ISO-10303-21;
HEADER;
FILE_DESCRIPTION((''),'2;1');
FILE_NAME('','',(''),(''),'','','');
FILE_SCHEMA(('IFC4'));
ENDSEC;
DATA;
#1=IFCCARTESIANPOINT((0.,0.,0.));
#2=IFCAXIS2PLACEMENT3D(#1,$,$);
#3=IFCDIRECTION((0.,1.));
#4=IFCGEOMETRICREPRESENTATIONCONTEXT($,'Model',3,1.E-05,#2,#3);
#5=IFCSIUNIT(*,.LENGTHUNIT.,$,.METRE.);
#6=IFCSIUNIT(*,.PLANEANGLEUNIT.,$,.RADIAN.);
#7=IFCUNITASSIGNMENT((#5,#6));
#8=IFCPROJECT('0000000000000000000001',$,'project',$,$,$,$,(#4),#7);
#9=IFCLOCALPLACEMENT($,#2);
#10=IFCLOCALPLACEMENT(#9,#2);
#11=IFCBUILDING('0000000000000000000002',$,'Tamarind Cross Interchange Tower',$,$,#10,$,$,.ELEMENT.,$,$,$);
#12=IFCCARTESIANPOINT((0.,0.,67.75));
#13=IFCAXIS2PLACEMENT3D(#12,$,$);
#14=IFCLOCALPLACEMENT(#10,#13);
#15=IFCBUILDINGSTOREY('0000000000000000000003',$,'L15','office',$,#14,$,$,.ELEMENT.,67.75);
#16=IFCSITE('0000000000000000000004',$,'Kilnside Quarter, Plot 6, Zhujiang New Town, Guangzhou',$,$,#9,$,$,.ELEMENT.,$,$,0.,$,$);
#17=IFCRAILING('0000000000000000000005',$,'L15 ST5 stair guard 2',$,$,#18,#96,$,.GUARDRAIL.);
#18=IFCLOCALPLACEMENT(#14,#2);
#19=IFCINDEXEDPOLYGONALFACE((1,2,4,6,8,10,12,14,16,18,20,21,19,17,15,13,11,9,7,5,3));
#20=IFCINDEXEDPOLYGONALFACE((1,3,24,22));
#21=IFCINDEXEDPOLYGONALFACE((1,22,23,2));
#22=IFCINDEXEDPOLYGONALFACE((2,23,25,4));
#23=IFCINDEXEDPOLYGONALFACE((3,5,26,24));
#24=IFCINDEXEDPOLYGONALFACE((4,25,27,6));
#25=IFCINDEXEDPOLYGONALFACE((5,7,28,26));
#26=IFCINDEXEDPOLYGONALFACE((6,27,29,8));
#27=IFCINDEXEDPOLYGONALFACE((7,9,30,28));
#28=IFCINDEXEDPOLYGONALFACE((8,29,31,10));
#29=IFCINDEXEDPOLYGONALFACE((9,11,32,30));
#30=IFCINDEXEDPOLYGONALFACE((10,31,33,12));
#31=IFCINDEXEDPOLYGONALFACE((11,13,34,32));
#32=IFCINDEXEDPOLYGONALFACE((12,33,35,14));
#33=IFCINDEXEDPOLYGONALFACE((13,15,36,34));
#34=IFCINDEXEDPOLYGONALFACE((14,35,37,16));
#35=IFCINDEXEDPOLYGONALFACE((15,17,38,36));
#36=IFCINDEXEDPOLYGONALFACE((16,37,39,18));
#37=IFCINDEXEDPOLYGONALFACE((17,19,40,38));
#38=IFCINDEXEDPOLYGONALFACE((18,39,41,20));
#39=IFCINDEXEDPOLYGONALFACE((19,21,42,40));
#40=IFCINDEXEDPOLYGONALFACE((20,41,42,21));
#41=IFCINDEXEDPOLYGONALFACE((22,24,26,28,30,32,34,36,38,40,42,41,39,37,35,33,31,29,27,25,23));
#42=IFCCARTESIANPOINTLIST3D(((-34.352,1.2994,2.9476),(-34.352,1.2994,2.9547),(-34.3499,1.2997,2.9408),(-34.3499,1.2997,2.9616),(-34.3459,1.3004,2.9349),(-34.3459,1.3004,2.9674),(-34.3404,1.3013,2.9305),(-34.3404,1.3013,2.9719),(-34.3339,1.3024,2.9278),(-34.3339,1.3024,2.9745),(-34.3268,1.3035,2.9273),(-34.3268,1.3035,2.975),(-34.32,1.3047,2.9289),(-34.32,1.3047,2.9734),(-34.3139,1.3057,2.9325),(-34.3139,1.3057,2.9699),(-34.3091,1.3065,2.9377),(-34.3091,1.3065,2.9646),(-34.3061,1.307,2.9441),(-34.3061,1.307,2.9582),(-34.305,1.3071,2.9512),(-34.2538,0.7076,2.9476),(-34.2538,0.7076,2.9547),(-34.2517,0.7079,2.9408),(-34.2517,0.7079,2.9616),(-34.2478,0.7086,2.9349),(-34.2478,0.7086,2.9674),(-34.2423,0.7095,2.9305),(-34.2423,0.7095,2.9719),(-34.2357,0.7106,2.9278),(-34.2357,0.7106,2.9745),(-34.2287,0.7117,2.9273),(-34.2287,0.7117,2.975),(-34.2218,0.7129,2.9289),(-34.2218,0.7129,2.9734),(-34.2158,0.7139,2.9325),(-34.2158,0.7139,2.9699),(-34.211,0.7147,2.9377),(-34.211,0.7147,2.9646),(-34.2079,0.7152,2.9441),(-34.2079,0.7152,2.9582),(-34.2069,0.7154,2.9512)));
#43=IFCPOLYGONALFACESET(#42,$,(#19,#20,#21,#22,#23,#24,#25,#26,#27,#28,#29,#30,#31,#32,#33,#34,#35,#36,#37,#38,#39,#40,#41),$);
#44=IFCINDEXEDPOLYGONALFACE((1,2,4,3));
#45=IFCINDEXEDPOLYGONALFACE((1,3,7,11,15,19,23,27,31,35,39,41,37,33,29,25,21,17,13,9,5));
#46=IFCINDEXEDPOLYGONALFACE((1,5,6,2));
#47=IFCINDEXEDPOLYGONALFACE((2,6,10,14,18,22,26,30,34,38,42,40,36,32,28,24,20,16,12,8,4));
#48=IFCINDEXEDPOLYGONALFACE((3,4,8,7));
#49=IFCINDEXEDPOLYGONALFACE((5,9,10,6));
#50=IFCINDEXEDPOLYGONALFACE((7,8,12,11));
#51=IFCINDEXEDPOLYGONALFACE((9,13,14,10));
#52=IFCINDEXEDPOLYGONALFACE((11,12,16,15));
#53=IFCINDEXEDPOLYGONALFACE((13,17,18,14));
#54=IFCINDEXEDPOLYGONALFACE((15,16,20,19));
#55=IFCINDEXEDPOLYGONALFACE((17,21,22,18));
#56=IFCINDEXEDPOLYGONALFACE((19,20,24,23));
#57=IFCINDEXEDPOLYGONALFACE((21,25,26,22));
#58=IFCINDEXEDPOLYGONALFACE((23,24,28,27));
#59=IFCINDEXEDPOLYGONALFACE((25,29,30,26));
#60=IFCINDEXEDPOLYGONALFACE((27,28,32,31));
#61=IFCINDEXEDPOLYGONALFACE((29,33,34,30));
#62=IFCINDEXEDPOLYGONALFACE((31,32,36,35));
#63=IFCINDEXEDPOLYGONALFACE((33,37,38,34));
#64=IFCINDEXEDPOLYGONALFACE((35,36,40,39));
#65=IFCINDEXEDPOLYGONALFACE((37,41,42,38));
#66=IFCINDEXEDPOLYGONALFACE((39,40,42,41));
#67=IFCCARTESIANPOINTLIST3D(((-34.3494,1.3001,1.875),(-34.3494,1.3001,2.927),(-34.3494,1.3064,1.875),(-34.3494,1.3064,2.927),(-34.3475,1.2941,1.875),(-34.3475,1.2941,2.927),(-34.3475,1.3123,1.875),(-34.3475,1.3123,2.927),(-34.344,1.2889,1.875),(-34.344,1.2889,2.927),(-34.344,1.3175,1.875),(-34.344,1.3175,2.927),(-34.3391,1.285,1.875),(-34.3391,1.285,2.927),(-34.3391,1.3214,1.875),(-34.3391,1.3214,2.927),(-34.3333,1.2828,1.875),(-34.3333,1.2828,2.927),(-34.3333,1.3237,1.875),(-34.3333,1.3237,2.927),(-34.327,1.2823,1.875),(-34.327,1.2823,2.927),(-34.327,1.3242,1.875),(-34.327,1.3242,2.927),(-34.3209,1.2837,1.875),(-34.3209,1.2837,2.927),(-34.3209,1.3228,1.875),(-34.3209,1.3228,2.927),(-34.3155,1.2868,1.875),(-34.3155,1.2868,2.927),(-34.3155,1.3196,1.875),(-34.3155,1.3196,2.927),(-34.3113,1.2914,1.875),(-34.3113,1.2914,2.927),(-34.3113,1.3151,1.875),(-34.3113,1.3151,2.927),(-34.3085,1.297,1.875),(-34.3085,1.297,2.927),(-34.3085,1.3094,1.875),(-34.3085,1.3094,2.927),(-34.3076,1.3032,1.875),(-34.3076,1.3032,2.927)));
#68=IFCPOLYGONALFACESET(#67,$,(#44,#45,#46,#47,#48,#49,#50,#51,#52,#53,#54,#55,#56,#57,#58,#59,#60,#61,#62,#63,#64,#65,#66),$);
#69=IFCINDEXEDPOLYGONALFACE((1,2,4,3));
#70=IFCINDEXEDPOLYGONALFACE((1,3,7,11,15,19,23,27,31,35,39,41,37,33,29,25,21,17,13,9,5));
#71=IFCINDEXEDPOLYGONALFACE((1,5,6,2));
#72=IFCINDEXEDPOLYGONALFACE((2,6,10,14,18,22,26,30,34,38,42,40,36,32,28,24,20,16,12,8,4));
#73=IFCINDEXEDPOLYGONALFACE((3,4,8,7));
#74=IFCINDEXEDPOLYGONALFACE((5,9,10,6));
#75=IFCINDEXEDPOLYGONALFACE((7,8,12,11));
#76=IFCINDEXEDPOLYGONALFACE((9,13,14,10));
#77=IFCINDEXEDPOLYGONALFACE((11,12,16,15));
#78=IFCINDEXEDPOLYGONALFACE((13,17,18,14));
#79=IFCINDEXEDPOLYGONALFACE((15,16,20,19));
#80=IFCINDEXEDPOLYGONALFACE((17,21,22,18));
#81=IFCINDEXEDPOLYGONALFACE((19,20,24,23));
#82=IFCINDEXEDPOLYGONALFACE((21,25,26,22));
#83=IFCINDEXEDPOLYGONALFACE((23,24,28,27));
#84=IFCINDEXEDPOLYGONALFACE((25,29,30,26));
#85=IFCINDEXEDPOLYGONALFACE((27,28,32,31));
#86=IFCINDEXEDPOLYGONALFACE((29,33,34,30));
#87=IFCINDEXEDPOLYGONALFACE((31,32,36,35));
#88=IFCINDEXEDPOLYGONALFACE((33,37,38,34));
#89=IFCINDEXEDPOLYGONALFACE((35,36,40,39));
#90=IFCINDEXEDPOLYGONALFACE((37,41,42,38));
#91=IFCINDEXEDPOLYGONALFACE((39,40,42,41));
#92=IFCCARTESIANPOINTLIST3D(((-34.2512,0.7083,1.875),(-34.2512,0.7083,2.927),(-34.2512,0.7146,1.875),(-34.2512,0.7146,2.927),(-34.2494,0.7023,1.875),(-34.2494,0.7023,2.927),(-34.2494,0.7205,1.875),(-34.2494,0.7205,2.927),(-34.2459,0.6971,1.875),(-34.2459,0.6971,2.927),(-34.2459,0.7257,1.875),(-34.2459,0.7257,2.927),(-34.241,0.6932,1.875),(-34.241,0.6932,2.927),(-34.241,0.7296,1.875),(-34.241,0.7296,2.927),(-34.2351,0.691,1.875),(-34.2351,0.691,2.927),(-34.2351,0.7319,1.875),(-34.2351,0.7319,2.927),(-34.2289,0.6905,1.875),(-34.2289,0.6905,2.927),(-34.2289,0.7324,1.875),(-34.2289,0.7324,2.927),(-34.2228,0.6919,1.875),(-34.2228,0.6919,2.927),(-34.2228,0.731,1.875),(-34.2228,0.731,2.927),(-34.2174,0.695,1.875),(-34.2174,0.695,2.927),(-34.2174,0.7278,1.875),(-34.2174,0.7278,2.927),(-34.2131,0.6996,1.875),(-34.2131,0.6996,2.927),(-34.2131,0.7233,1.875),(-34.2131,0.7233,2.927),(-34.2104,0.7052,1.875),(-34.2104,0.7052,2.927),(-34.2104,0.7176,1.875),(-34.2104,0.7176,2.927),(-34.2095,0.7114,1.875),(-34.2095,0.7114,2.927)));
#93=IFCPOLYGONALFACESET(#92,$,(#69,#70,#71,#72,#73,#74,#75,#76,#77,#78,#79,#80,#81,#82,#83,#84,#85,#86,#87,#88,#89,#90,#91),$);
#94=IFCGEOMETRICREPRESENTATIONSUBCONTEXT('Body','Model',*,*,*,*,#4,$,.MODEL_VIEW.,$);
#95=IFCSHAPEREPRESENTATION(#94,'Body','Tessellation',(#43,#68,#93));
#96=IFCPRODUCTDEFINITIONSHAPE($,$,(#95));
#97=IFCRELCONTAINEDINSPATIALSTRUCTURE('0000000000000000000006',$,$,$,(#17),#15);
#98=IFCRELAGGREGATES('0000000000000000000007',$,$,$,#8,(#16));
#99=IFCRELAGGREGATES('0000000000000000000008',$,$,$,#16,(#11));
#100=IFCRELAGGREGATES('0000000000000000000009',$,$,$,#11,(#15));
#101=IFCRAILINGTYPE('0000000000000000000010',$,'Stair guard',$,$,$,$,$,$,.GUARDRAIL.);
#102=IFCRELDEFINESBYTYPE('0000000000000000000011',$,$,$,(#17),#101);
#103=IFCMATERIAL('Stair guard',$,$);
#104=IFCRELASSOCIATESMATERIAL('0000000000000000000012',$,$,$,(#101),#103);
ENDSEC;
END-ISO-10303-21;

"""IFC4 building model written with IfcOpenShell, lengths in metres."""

from ifc_helpers import new_model, si_unit, direction, frame, origin, origin_2d, place, context, subcontext, project, spatial, circle, extrude, material, type_object, element, save


model = new_model("IFC4")

# Units and contexts
model_context = context("Model", 3, precision=1e-05, world=origin(), true_north=direction((0.0, 1.0)))
body_context = subcontext(model_context, "Body", "Model", "MODEL_VIEW")
ifc_project = project(units=[si_unit("LENGTHUNIT", "METRE"), si_unit("PLANEANGLEUNIT", "RADIAN")], contexts=[model_context])

# Site, building, storey
site_placement = place(None, origin())
site = spatial("IfcSite", under=ifc_project, at=site_placement, Name="Kilnside Quarter, Plot 6, Zhujiang New Town, Guangzhou", CompositionType="ELEMENT", RefElevation=0.0)
building_placement = place(site_placement, origin())
building = spatial("IfcBuilding", under=site, at=building_placement, Name="Tamarind Cross Interchange Tower", CompositionType="ELEMENT")
storey_placement = place(building_placement, frame((0.0, 0.0, 67.75)))
storey = spatial("IfcBuildingStorey", under=building, at=storey_placement, Name="L15", Description="office", CompositionType="ELEMENT", Elevation=67.75)

# Railing
ifc_material_1 = material(Name="Stair guard")
railing_type_1 = type_object("IfcRailingType", Name="Stair guard", PredefinedType="GUARDRAIL", material=ifc_material_1)
railing_1_placement = place(storey_placement, frame((-34.3286, 1.3032, 1.875)))
element("IfcRailing", 1, at=railing_1_placement, inside=storey, type_object=railing_type_1, Name="L15 ST5 stair guard 2", PredefinedType="GUARDRAIL", context=body_context, shape_type="SweptSolid", body=[
    extrude(circle(Radius=0.0239, at=origin_2d()), frame((0.0, 0.0, 1.0762), z_axis=(0.163607, -0.986526, 0.0), x_axis=(0.986526, 0.163607, 0.0)), (0.0, 0.0, 1.0), 0.5999),
    extrude(circle(Radius=0.021, at=origin_2d()), origin(), (0.0, 0.0, 1.0), 1.052),
    extrude(circle(Radius=0.021, at=origin_2d()), frame((0.0981, -0.5918, 0.0)), (0.0, 0.0, 1.0), 1.052),
])

save(model, "model.ifc")
